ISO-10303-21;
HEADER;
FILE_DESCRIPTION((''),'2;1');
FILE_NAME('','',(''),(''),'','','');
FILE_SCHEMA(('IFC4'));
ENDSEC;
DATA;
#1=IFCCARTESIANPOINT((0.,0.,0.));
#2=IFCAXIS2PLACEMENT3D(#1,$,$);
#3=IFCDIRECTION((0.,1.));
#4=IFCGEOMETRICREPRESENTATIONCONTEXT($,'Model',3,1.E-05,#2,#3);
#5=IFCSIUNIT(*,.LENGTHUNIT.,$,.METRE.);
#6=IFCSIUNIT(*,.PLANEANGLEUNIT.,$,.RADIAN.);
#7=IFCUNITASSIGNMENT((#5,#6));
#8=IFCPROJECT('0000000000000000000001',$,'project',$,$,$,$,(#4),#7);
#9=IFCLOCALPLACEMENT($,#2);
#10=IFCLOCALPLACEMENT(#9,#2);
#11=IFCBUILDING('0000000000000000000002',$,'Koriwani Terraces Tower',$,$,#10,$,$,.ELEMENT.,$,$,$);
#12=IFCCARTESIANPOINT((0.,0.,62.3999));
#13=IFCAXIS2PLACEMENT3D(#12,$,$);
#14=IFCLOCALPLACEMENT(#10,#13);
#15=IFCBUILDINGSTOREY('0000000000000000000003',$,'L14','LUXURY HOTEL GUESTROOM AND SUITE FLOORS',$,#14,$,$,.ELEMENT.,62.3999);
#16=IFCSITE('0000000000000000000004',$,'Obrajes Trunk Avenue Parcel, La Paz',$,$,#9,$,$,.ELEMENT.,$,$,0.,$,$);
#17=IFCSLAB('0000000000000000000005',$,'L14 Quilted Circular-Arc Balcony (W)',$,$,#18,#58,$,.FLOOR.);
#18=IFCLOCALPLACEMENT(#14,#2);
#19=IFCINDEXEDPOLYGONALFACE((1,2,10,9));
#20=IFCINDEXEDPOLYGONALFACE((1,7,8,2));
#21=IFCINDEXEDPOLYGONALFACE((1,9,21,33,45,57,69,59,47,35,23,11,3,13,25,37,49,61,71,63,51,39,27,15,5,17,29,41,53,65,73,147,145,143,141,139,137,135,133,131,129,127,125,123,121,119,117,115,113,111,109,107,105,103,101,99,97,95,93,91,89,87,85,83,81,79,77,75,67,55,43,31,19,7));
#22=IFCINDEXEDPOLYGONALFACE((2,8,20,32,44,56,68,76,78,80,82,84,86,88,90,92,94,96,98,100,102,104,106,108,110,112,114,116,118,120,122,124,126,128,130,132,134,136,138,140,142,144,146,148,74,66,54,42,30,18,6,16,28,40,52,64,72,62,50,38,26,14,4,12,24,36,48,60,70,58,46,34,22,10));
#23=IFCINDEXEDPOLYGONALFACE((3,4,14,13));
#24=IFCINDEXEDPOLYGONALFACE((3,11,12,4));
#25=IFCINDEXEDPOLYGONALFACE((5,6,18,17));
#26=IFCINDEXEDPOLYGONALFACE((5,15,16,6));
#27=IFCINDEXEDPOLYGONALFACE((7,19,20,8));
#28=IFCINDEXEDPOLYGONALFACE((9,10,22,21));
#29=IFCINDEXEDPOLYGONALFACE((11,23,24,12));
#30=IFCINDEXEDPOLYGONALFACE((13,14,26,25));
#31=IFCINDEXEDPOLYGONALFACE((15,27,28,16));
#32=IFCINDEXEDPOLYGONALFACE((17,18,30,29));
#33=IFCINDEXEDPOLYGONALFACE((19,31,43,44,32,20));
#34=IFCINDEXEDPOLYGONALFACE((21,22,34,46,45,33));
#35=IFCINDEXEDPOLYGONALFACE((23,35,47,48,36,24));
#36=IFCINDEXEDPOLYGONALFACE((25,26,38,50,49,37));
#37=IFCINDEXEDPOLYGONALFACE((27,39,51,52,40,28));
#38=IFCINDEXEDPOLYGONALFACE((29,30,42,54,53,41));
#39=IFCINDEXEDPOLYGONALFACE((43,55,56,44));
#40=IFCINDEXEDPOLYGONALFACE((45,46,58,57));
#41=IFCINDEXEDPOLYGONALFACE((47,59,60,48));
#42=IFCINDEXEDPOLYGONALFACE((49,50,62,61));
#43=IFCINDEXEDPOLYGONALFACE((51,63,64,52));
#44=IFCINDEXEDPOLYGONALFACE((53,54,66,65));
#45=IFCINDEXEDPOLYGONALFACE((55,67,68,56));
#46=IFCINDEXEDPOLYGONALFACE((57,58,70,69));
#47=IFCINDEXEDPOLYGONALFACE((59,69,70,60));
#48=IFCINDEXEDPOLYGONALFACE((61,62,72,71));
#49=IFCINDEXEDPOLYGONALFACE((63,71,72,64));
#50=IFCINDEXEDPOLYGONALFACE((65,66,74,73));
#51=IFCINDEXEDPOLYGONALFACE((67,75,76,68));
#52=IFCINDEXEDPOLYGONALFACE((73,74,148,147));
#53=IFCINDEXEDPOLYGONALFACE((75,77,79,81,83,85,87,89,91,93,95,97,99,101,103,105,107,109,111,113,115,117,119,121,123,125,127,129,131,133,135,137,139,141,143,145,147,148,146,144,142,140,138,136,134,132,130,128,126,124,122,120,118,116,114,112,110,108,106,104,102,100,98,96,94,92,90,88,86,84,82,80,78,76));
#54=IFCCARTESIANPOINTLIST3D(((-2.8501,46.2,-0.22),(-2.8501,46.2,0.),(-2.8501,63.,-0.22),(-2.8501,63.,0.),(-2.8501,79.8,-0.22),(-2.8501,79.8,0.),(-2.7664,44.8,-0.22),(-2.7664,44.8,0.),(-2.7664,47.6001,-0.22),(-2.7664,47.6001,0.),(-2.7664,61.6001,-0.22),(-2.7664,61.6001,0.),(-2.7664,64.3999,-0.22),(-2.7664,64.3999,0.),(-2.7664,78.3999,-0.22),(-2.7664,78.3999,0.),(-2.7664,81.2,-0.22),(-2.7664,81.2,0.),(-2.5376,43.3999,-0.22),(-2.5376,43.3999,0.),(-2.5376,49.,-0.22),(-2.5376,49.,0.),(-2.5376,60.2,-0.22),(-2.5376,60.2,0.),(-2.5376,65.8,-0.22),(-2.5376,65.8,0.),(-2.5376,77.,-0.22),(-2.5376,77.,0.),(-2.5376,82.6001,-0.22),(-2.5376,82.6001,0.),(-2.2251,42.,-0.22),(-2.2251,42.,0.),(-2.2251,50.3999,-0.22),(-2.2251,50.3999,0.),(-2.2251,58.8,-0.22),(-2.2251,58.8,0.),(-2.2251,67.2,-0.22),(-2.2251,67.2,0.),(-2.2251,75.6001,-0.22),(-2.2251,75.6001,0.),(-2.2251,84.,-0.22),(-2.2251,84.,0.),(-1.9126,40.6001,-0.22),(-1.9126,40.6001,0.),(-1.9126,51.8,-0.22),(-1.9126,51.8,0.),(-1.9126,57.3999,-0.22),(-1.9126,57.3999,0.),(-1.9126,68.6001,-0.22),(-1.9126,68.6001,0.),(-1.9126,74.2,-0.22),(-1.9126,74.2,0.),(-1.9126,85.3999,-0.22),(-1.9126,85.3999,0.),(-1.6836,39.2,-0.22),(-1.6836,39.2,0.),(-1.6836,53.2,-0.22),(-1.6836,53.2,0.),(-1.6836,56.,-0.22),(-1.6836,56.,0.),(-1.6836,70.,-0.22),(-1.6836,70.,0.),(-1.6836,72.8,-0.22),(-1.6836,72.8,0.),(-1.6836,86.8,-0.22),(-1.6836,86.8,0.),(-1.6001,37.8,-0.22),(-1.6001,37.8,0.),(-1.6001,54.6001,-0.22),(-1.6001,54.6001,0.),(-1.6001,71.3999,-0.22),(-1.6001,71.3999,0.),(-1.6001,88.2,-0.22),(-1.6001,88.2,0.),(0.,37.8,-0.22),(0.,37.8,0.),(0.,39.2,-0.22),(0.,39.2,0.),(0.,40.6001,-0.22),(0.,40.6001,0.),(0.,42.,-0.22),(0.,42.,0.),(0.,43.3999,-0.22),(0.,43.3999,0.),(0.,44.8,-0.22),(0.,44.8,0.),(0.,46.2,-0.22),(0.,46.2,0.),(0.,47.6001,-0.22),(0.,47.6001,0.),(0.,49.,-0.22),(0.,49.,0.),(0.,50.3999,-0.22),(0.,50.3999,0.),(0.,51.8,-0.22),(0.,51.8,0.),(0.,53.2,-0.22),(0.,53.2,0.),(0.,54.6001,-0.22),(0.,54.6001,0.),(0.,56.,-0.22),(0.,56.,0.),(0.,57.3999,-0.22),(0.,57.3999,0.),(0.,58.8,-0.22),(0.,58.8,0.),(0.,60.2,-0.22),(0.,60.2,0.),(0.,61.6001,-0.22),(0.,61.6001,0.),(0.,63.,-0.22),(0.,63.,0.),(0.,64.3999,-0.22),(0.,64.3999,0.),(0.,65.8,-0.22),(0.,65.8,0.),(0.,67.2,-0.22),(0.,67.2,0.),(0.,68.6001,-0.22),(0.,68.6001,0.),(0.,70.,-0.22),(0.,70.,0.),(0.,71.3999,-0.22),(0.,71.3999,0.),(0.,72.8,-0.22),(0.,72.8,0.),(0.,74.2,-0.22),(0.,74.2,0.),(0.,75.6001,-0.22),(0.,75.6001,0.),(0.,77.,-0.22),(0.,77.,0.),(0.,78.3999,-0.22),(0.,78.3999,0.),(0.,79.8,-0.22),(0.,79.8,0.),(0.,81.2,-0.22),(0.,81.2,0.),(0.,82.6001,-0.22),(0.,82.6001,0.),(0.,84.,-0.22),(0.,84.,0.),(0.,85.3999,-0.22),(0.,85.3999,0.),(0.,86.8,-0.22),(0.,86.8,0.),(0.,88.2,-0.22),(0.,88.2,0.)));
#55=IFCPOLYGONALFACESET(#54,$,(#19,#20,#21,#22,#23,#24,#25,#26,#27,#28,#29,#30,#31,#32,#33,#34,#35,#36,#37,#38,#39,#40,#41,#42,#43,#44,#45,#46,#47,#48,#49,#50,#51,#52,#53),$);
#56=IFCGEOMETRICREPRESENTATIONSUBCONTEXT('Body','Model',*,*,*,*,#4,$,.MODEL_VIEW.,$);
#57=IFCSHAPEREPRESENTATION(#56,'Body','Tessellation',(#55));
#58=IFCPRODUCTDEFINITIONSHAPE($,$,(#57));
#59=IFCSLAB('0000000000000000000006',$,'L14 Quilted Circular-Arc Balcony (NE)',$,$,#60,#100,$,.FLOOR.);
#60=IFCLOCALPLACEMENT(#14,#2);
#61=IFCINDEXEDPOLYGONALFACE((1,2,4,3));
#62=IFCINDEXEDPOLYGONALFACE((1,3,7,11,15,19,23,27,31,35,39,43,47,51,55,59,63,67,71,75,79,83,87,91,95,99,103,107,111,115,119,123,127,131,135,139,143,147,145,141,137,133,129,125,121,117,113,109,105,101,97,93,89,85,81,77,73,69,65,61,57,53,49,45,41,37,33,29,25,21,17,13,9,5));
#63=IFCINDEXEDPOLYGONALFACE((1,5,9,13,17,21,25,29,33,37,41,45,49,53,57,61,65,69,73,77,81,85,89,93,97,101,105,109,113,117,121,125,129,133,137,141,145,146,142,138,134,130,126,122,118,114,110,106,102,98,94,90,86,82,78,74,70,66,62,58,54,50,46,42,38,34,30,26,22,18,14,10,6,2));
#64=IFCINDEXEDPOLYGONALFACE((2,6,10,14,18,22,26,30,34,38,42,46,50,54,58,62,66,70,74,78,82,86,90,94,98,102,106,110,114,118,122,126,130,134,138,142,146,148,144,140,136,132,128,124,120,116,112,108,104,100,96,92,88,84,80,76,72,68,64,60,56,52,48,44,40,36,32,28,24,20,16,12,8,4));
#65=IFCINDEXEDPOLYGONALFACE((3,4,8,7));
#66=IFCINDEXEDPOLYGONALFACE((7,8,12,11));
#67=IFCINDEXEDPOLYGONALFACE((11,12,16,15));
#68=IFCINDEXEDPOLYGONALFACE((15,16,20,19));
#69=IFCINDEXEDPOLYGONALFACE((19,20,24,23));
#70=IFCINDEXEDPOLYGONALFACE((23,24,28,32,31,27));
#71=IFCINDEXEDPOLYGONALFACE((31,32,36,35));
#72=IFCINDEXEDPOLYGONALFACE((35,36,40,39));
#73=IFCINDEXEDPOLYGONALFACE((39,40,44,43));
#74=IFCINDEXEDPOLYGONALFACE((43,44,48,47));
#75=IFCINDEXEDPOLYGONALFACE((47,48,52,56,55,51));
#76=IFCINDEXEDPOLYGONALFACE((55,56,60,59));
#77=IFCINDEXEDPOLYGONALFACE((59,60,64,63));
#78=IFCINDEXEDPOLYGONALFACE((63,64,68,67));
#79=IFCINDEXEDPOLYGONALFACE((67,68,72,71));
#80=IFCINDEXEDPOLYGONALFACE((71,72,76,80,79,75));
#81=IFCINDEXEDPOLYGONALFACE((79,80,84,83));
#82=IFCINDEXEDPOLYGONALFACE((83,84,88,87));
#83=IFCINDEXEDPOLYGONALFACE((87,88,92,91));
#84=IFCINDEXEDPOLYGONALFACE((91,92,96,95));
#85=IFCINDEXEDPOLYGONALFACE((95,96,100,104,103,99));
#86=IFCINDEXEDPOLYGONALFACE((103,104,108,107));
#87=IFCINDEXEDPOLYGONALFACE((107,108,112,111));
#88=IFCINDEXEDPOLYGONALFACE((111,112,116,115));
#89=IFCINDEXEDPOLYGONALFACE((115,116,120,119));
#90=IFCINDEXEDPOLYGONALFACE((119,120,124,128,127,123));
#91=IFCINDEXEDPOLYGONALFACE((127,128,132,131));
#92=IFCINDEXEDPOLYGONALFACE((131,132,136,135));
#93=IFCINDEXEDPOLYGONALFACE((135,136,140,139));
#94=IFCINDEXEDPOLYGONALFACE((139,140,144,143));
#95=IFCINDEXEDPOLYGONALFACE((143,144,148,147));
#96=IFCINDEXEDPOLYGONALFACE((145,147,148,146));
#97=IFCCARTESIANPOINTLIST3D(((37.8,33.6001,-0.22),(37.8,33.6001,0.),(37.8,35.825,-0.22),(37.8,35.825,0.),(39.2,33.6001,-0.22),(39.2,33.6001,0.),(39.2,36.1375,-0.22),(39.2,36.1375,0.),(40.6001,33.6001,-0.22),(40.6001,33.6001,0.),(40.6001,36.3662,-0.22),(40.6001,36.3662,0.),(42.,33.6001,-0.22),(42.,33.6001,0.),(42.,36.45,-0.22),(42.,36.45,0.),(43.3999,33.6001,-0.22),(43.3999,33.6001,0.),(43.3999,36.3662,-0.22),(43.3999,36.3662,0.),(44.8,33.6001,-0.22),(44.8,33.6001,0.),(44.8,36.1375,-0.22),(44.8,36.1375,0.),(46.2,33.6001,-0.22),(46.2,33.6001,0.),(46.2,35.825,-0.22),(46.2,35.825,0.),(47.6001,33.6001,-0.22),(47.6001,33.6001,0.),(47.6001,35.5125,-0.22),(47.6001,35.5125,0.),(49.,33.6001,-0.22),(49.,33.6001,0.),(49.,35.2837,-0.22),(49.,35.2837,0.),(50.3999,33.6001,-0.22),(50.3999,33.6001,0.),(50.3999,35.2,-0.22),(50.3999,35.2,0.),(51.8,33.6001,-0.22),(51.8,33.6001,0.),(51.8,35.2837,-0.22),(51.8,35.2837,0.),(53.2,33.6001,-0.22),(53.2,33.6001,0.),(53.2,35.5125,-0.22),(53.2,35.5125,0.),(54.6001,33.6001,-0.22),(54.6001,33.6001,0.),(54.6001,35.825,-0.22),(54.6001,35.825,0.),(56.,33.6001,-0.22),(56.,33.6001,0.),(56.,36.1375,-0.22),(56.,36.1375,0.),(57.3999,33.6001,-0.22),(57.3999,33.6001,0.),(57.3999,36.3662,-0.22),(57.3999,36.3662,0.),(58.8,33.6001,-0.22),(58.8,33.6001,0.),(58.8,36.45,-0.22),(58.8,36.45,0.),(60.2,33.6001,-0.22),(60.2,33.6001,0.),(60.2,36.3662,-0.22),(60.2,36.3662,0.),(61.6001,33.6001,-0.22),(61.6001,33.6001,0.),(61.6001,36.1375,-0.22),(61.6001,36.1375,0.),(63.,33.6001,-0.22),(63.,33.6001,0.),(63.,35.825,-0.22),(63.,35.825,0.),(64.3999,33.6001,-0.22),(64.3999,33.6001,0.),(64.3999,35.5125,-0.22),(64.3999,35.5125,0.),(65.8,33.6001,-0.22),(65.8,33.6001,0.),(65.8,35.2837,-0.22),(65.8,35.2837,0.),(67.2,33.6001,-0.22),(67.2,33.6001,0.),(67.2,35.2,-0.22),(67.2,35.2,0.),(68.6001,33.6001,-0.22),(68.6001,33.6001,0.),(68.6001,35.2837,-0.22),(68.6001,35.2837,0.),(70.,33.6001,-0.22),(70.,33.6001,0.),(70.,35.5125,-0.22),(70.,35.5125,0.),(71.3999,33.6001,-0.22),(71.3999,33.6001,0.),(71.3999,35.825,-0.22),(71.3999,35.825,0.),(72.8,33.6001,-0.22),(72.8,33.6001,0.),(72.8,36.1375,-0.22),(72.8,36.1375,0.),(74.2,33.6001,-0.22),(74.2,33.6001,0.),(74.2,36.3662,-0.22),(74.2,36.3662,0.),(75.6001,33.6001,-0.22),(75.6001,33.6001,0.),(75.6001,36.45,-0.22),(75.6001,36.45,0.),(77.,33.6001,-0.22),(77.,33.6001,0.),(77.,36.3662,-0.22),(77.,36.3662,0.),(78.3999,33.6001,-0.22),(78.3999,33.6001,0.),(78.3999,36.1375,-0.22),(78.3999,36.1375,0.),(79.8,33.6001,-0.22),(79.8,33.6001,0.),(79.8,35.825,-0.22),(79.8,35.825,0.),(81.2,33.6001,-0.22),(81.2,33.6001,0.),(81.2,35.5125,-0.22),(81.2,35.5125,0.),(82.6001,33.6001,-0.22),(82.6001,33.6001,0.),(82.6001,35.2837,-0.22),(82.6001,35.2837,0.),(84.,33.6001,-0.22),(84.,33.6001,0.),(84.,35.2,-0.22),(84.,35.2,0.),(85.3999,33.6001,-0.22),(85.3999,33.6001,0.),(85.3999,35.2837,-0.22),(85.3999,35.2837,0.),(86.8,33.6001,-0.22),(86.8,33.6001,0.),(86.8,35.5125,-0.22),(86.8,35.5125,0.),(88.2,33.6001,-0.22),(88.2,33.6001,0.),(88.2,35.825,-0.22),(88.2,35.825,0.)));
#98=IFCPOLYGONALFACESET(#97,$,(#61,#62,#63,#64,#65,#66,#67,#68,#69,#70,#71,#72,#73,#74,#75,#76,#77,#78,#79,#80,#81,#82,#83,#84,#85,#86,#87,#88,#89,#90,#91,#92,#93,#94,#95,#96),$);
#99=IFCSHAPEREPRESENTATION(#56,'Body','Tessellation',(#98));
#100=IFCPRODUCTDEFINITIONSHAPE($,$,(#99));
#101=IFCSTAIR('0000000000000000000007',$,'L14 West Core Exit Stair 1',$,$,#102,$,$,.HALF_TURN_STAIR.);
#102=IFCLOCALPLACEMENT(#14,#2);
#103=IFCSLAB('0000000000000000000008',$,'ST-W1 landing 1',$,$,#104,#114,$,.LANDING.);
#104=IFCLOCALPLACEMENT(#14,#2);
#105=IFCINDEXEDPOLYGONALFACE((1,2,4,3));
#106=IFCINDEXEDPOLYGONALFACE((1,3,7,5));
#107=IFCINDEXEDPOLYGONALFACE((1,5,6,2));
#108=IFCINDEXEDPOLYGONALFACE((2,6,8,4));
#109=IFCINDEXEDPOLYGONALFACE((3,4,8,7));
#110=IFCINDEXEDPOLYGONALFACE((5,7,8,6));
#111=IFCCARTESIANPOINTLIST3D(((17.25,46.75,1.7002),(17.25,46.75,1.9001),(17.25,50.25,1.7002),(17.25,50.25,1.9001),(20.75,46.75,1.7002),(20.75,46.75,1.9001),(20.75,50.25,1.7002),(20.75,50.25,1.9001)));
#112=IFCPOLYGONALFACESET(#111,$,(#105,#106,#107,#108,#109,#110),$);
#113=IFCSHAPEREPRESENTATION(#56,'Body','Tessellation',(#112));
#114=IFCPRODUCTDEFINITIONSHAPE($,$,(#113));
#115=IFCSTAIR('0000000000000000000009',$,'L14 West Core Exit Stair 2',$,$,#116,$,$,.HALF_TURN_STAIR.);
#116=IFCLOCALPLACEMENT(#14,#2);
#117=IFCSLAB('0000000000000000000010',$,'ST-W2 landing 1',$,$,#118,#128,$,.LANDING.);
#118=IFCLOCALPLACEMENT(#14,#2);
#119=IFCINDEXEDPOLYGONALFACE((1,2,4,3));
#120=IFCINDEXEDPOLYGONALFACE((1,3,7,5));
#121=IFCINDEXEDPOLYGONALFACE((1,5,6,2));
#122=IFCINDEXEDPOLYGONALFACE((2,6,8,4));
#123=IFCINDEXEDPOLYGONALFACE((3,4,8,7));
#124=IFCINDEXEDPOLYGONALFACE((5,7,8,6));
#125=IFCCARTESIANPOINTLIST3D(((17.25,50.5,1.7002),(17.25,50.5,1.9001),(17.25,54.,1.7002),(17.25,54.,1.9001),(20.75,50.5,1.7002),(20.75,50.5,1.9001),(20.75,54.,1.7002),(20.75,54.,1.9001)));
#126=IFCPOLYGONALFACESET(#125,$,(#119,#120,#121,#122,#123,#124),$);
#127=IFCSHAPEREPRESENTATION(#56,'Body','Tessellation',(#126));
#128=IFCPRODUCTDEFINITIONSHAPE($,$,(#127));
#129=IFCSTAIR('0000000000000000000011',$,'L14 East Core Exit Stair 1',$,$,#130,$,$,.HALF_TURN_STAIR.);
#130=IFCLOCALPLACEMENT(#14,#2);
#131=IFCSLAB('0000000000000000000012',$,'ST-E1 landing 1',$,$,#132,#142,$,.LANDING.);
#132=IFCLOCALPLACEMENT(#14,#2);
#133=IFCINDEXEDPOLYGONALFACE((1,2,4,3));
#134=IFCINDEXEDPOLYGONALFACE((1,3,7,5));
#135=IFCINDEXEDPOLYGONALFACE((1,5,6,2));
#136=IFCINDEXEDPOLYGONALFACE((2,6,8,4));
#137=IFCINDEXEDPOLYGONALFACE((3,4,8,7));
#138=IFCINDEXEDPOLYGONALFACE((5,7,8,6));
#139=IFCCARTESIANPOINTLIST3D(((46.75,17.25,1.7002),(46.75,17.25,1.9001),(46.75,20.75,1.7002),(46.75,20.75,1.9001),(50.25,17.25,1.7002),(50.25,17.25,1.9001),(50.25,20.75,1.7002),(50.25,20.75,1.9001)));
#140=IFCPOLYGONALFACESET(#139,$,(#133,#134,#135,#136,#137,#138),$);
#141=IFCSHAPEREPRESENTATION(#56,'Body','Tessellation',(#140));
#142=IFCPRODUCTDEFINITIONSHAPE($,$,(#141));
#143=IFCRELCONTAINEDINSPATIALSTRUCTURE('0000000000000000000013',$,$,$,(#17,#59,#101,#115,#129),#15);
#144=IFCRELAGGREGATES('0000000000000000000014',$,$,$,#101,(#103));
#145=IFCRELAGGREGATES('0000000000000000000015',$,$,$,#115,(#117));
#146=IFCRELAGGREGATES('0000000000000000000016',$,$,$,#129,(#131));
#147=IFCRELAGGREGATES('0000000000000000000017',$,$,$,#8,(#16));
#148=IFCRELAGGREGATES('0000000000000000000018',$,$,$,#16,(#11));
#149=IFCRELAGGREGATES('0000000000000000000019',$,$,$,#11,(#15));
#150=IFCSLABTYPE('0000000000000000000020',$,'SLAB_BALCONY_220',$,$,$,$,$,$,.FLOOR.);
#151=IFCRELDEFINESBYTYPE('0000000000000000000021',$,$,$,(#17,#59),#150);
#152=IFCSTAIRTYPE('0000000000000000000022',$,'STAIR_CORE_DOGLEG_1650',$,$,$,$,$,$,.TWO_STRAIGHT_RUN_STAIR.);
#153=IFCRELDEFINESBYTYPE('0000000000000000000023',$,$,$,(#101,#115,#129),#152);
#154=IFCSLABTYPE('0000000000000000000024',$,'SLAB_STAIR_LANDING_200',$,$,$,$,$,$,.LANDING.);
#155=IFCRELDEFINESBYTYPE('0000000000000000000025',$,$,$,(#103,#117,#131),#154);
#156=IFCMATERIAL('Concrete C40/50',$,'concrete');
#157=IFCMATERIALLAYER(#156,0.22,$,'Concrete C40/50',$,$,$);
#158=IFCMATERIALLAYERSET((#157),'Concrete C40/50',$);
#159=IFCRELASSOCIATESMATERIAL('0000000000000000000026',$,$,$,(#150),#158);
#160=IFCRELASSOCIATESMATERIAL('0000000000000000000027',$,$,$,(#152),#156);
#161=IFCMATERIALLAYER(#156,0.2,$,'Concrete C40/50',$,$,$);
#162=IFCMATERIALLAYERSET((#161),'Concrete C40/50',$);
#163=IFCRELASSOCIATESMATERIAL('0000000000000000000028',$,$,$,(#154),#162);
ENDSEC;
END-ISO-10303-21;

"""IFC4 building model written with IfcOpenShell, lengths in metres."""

from ifc_helpers import new_model, si_unit, direction, frame, origin, place, context, subcontext, project, spatial, polyline, outline, extrude, material, layer, layer_set, type_object, element, aggregate, save


model = new_model("IFC4")

# Units and contexts
model_context = context("Model", 3, precision=1e-05, world=origin(), true_north=direction((0.0, 1.0)))
body_context = subcontext(model_context, "Body", "Model", "MODEL_VIEW")
ifc_project = project(units=[si_unit("LENGTHUNIT", "METRE"), si_unit("PLANEANGLEUNIT", "RADIAN")], contexts=[model_context])

# Site, building, storey
site_placement = place(None, origin())
site = spatial("IfcSite", under=ifc_project, at=site_placement, Name="Obrajes Trunk Avenue Parcel, La Paz", CompositionType="ELEMENT", RefElevation=0.0)
building_placement = place(site_placement, origin())
building = spatial("IfcBuilding", under=site, at=building_placement, Name="Koriwani Terraces Tower", CompositionType="ELEMENT")
storey_placement = place(building_placement, frame((0.0, 0.0, 62.3999)))
storey = spatial("IfcBuildingStorey", under=building, at=storey_placement, Name="L14", Description="LUXURY HOTEL GUESTROOM AND SUITE FLOORS", CompositionType="ELEMENT", Elevation=62.3999)

# Slabs
ifc_material_1 = material(Name="Concrete C40/50", Category="concrete")
ifc_layer_1 = layer(ifc_material_1, 0.22, Name="Concrete C40/50")
ifc_layer_set_1 = layer_set([ifc_layer_1], Name="Concrete C40/50")
slab_type_1 = type_object("IfcSlabType", Name="SLAB_BALCONY_220", PredefinedType="FLOOR", material=ifc_layer_set_1)
slab_1_placement = place(storey_placement, frame((0.0, 0.0, -0.22)))
element("IfcSlab", 1, at=slab_1_placement, inside=storey, type_object=slab_type_1, Name="L14 Quilted Circular-Arc Balcony (W)", PredefinedType="FLOOR", context=body_context, shape_type="SweptSolid", body=[
    extrude(outline(polyline([(0.0, 37.8), (0.0, 39.2), (0.0, 40.6001), (0.0, 42.0), (0.0, 43.3999), (0.0, 44.8), (0.0, 46.2), (0.0, 47.6001), (0.0, 49.0), (0.0, 50.3999), (0.0, 51.8), (0.0, 53.2), (0.0, 54.6001), (0.0, 56.0), (0.0, 57.3999), (0.0, 58.8), (0.0, 60.2), (0.0, 61.6001), (0.0, 63.0), (0.0, 64.3999), (0.0, 65.8), (0.0, 67.2), (0.0, 68.6001), (0.0, 70.0), (0.0, 71.3999), (0.0, 72.8), (0.0, 74.2), (0.0, 75.6001), (0.0, 77.0), (0.0, 78.3999), (0.0, 79.8), (0.0, 81.2), (0.0, 82.6001), (0.0, 84.0), (0.0, 85.3999), (0.0, 86.8), (0.0, 88.2), (-1.6001, 88.2), (-1.6836, 86.8), (-1.9126, 85.3999), (-2.2251, 84.0), (-2.5376, 82.6001), (-2.7664, 81.2), (-2.8501, 79.8), (-2.7664, 78.3999), (-2.5376, 77.0), (-2.2251, 75.6001), (-1.9126, 74.2), (-1.6836, 72.8), (-1.6001, 71.3999), (-1.6836, 70.0), (-1.9126, 68.6001), (-2.2251, 67.2), (-2.5376, 65.8), (-2.7664, 64.3999), (-2.8501, 63.0), (-2.7664, 61.6001), (-2.5376, 60.2), (-2.2251, 58.8), (-1.9126, 57.3999), (-1.6836, 56.0), (-1.6001, 54.6001), (-1.6836, 53.2), (-1.9126, 51.8), (-2.2251, 50.3999), (-2.5376, 49.0), (-2.7664, 47.6001), (-2.8501, 46.2), (-2.7664, 44.8), (-2.5376, 43.3999), (-2.2251, 42.0), (-1.9126, 40.6001), (-1.6836, 39.2), (-1.6001, 37.8), (0.0, 37.8)])), origin(), (0.0, 0.0, 1.0), 0.22),
])
slab_2_placement = place(storey_placement, frame((0.0, 0.0, -0.22)))
element("IfcSlab", 2, at=slab_2_placement, inside=storey, type_object=slab_type_1, Name="L14 Quilted Circular-Arc Balcony (NE)", PredefinedType="FLOOR", context=body_context, shape_type="SweptSolid", body=[
    extrude(outline(polyline([(88.2, 33.6001), (86.8, 33.6001), (85.3999, 33.6001), (84.0, 33.6001), (82.6001, 33.6001), (81.2, 33.6001), (79.8, 33.6001), (78.3999, 33.6001), (77.0, 33.6001), (75.6001, 33.6001), (74.2, 33.6001), (72.8, 33.6001), (71.3999, 33.6001), (70.0, 33.6001), (68.6001, 33.6001), (67.2, 33.6001), (65.8, 33.6001), (64.3999, 33.6001), (63.0, 33.6001), (61.6001, 33.6001), (60.2, 33.6001), (58.8, 33.6001), (57.3999, 33.6001), (56.0, 33.6001), (54.6001, 33.6001), (53.2, 33.6001), (51.8, 33.6001), (50.3999, 33.6001), (49.0, 33.6001), (47.6001, 33.6001), (46.2, 33.6001), (44.8, 33.6001), (43.3999, 33.6001), (42.0, 33.6001), (40.6001, 33.6001), (39.2, 33.6001), (37.8, 33.6001), (37.8, 35.825), (39.2, 36.1375), (40.6001, 36.3662), (42.0, 36.45), (43.3999, 36.3662), (44.8, 36.1375), (46.2, 35.825), (47.6001, 35.5125), (49.0, 35.2837), (50.3999, 35.2), (51.8, 35.2837), (53.2, 35.5125), (54.6001, 35.825), (56.0, 36.1375), (57.3999, 36.3662), (58.8, 36.45), (60.2, 36.3662), (61.6001, 36.1375), (63.0, 35.825), (64.3999, 35.5125), (65.8, 35.2837), (67.2, 35.2), (68.6001, 35.2837), (70.0, 35.5125), (71.3999, 35.825), (72.8, 36.1375), (74.2, 36.3662), (75.6001, 36.45), (77.0, 36.3662), (78.3999, 36.1375), (79.8, 35.825), (81.2, 35.5125), (82.6001, 35.2837), (84.0, 35.2), (85.3999, 35.2837), (86.8, 35.5125), (88.2, 35.825), (88.2, 33.6001)])), origin(), (0.0, 0.0, 1.0), 0.22),
])

# Stairs, slabs
stair_type = type_object("IfcStairType", Name="STAIR_CORE_DOGLEG_1650", PredefinedType="TWO_STRAIGHT_RUN_STAIR", material=ifc_material_1)
stair_1_placement = place(storey_placement, origin())
stair_1 = element("IfcStair", 3, at=stair_1_placement, inside=storey, type_object=stair_type, Name="L14 West Core Exit Stair 1", PredefinedType="HALF_TURN_STAIR")
ifc_layer_2 = layer(ifc_material_1, 0.2, Name="Concrete C40/50")
ifc_layer_set_2 = layer_set([ifc_layer_2], Name="Concrete C40/50")
slab_type_2 = type_object("IfcSlabType", Name="SLAB_STAIR_LANDING_200", PredefinedType="LANDING", material=ifc_layer_set_2)
slab_3_placement = place(storey_placement, frame((0.0, 0.0, 1.7002)))
slab_3 = element("IfcSlab", 4, at=slab_3_placement, type_object=slab_type_2, Name="ST-W1 landing 1", PredefinedType="LANDING", context=body_context, shape_type="SweptSolid", body=[
    extrude(outline(polyline([(20.75, 46.75), (20.75, 50.25), (17.25, 50.25), (17.25, 46.75), (20.75, 46.75)])), origin(), (0.0, 0.0, 1.0), 0.2),
])
aggregate(stair_1, [slab_3])
stair_2_placement = place(storey_placement, origin())
stair_2 = element("IfcStair", 5, at=stair_2_placement, inside=storey, type_object=stair_type, Name="L14 West Core Exit Stair 2", PredefinedType="HALF_TURN_STAIR")
slab_4_placement = place(storey_placement, frame((0.0, 0.0, 1.7002)))
slab_4 = element("IfcSlab", 6, at=slab_4_placement, type_object=slab_type_2, Name="ST-W2 landing 1", PredefinedType="LANDING", context=body_context, shape_type="SweptSolid", body=[
    extrude(outline(polyline([(17.25, 54.0), (17.25, 50.5), (20.75, 50.5), (20.75, 54.0), (17.25, 54.0)])), origin(), (0.0, 0.0, 1.0), 0.2),
])
aggregate(stair_2, [slab_4])
stair_3_placement = place(storey_placement, origin())
stair_3 = element("IfcStair", 7, at=stair_3_placement, inside=storey, type_object=stair_type, Name="L14 East Core Exit Stair 1", PredefinedType="HALF_TURN_STAIR")
slab_5_placement = place(storey_placement, frame((0.0, 0.0, 1.7002)))
slab_5 = element("IfcSlab", 8, at=slab_5_placement, type_object=slab_type_2, Name="ST-E1 landing 1", PredefinedType="LANDING", context=body_context, shape_type="SweptSolid", body=[
    extrude(outline(polyline([(46.75, 17.25), (50.25, 17.25), (50.25, 20.75), (46.75, 20.75), (46.75, 17.25)])), origin(), (0.0, 0.0, 1.0), 0.2),
])
aggregate(stair_3, [slab_5])

save(model, "model.ifc")
